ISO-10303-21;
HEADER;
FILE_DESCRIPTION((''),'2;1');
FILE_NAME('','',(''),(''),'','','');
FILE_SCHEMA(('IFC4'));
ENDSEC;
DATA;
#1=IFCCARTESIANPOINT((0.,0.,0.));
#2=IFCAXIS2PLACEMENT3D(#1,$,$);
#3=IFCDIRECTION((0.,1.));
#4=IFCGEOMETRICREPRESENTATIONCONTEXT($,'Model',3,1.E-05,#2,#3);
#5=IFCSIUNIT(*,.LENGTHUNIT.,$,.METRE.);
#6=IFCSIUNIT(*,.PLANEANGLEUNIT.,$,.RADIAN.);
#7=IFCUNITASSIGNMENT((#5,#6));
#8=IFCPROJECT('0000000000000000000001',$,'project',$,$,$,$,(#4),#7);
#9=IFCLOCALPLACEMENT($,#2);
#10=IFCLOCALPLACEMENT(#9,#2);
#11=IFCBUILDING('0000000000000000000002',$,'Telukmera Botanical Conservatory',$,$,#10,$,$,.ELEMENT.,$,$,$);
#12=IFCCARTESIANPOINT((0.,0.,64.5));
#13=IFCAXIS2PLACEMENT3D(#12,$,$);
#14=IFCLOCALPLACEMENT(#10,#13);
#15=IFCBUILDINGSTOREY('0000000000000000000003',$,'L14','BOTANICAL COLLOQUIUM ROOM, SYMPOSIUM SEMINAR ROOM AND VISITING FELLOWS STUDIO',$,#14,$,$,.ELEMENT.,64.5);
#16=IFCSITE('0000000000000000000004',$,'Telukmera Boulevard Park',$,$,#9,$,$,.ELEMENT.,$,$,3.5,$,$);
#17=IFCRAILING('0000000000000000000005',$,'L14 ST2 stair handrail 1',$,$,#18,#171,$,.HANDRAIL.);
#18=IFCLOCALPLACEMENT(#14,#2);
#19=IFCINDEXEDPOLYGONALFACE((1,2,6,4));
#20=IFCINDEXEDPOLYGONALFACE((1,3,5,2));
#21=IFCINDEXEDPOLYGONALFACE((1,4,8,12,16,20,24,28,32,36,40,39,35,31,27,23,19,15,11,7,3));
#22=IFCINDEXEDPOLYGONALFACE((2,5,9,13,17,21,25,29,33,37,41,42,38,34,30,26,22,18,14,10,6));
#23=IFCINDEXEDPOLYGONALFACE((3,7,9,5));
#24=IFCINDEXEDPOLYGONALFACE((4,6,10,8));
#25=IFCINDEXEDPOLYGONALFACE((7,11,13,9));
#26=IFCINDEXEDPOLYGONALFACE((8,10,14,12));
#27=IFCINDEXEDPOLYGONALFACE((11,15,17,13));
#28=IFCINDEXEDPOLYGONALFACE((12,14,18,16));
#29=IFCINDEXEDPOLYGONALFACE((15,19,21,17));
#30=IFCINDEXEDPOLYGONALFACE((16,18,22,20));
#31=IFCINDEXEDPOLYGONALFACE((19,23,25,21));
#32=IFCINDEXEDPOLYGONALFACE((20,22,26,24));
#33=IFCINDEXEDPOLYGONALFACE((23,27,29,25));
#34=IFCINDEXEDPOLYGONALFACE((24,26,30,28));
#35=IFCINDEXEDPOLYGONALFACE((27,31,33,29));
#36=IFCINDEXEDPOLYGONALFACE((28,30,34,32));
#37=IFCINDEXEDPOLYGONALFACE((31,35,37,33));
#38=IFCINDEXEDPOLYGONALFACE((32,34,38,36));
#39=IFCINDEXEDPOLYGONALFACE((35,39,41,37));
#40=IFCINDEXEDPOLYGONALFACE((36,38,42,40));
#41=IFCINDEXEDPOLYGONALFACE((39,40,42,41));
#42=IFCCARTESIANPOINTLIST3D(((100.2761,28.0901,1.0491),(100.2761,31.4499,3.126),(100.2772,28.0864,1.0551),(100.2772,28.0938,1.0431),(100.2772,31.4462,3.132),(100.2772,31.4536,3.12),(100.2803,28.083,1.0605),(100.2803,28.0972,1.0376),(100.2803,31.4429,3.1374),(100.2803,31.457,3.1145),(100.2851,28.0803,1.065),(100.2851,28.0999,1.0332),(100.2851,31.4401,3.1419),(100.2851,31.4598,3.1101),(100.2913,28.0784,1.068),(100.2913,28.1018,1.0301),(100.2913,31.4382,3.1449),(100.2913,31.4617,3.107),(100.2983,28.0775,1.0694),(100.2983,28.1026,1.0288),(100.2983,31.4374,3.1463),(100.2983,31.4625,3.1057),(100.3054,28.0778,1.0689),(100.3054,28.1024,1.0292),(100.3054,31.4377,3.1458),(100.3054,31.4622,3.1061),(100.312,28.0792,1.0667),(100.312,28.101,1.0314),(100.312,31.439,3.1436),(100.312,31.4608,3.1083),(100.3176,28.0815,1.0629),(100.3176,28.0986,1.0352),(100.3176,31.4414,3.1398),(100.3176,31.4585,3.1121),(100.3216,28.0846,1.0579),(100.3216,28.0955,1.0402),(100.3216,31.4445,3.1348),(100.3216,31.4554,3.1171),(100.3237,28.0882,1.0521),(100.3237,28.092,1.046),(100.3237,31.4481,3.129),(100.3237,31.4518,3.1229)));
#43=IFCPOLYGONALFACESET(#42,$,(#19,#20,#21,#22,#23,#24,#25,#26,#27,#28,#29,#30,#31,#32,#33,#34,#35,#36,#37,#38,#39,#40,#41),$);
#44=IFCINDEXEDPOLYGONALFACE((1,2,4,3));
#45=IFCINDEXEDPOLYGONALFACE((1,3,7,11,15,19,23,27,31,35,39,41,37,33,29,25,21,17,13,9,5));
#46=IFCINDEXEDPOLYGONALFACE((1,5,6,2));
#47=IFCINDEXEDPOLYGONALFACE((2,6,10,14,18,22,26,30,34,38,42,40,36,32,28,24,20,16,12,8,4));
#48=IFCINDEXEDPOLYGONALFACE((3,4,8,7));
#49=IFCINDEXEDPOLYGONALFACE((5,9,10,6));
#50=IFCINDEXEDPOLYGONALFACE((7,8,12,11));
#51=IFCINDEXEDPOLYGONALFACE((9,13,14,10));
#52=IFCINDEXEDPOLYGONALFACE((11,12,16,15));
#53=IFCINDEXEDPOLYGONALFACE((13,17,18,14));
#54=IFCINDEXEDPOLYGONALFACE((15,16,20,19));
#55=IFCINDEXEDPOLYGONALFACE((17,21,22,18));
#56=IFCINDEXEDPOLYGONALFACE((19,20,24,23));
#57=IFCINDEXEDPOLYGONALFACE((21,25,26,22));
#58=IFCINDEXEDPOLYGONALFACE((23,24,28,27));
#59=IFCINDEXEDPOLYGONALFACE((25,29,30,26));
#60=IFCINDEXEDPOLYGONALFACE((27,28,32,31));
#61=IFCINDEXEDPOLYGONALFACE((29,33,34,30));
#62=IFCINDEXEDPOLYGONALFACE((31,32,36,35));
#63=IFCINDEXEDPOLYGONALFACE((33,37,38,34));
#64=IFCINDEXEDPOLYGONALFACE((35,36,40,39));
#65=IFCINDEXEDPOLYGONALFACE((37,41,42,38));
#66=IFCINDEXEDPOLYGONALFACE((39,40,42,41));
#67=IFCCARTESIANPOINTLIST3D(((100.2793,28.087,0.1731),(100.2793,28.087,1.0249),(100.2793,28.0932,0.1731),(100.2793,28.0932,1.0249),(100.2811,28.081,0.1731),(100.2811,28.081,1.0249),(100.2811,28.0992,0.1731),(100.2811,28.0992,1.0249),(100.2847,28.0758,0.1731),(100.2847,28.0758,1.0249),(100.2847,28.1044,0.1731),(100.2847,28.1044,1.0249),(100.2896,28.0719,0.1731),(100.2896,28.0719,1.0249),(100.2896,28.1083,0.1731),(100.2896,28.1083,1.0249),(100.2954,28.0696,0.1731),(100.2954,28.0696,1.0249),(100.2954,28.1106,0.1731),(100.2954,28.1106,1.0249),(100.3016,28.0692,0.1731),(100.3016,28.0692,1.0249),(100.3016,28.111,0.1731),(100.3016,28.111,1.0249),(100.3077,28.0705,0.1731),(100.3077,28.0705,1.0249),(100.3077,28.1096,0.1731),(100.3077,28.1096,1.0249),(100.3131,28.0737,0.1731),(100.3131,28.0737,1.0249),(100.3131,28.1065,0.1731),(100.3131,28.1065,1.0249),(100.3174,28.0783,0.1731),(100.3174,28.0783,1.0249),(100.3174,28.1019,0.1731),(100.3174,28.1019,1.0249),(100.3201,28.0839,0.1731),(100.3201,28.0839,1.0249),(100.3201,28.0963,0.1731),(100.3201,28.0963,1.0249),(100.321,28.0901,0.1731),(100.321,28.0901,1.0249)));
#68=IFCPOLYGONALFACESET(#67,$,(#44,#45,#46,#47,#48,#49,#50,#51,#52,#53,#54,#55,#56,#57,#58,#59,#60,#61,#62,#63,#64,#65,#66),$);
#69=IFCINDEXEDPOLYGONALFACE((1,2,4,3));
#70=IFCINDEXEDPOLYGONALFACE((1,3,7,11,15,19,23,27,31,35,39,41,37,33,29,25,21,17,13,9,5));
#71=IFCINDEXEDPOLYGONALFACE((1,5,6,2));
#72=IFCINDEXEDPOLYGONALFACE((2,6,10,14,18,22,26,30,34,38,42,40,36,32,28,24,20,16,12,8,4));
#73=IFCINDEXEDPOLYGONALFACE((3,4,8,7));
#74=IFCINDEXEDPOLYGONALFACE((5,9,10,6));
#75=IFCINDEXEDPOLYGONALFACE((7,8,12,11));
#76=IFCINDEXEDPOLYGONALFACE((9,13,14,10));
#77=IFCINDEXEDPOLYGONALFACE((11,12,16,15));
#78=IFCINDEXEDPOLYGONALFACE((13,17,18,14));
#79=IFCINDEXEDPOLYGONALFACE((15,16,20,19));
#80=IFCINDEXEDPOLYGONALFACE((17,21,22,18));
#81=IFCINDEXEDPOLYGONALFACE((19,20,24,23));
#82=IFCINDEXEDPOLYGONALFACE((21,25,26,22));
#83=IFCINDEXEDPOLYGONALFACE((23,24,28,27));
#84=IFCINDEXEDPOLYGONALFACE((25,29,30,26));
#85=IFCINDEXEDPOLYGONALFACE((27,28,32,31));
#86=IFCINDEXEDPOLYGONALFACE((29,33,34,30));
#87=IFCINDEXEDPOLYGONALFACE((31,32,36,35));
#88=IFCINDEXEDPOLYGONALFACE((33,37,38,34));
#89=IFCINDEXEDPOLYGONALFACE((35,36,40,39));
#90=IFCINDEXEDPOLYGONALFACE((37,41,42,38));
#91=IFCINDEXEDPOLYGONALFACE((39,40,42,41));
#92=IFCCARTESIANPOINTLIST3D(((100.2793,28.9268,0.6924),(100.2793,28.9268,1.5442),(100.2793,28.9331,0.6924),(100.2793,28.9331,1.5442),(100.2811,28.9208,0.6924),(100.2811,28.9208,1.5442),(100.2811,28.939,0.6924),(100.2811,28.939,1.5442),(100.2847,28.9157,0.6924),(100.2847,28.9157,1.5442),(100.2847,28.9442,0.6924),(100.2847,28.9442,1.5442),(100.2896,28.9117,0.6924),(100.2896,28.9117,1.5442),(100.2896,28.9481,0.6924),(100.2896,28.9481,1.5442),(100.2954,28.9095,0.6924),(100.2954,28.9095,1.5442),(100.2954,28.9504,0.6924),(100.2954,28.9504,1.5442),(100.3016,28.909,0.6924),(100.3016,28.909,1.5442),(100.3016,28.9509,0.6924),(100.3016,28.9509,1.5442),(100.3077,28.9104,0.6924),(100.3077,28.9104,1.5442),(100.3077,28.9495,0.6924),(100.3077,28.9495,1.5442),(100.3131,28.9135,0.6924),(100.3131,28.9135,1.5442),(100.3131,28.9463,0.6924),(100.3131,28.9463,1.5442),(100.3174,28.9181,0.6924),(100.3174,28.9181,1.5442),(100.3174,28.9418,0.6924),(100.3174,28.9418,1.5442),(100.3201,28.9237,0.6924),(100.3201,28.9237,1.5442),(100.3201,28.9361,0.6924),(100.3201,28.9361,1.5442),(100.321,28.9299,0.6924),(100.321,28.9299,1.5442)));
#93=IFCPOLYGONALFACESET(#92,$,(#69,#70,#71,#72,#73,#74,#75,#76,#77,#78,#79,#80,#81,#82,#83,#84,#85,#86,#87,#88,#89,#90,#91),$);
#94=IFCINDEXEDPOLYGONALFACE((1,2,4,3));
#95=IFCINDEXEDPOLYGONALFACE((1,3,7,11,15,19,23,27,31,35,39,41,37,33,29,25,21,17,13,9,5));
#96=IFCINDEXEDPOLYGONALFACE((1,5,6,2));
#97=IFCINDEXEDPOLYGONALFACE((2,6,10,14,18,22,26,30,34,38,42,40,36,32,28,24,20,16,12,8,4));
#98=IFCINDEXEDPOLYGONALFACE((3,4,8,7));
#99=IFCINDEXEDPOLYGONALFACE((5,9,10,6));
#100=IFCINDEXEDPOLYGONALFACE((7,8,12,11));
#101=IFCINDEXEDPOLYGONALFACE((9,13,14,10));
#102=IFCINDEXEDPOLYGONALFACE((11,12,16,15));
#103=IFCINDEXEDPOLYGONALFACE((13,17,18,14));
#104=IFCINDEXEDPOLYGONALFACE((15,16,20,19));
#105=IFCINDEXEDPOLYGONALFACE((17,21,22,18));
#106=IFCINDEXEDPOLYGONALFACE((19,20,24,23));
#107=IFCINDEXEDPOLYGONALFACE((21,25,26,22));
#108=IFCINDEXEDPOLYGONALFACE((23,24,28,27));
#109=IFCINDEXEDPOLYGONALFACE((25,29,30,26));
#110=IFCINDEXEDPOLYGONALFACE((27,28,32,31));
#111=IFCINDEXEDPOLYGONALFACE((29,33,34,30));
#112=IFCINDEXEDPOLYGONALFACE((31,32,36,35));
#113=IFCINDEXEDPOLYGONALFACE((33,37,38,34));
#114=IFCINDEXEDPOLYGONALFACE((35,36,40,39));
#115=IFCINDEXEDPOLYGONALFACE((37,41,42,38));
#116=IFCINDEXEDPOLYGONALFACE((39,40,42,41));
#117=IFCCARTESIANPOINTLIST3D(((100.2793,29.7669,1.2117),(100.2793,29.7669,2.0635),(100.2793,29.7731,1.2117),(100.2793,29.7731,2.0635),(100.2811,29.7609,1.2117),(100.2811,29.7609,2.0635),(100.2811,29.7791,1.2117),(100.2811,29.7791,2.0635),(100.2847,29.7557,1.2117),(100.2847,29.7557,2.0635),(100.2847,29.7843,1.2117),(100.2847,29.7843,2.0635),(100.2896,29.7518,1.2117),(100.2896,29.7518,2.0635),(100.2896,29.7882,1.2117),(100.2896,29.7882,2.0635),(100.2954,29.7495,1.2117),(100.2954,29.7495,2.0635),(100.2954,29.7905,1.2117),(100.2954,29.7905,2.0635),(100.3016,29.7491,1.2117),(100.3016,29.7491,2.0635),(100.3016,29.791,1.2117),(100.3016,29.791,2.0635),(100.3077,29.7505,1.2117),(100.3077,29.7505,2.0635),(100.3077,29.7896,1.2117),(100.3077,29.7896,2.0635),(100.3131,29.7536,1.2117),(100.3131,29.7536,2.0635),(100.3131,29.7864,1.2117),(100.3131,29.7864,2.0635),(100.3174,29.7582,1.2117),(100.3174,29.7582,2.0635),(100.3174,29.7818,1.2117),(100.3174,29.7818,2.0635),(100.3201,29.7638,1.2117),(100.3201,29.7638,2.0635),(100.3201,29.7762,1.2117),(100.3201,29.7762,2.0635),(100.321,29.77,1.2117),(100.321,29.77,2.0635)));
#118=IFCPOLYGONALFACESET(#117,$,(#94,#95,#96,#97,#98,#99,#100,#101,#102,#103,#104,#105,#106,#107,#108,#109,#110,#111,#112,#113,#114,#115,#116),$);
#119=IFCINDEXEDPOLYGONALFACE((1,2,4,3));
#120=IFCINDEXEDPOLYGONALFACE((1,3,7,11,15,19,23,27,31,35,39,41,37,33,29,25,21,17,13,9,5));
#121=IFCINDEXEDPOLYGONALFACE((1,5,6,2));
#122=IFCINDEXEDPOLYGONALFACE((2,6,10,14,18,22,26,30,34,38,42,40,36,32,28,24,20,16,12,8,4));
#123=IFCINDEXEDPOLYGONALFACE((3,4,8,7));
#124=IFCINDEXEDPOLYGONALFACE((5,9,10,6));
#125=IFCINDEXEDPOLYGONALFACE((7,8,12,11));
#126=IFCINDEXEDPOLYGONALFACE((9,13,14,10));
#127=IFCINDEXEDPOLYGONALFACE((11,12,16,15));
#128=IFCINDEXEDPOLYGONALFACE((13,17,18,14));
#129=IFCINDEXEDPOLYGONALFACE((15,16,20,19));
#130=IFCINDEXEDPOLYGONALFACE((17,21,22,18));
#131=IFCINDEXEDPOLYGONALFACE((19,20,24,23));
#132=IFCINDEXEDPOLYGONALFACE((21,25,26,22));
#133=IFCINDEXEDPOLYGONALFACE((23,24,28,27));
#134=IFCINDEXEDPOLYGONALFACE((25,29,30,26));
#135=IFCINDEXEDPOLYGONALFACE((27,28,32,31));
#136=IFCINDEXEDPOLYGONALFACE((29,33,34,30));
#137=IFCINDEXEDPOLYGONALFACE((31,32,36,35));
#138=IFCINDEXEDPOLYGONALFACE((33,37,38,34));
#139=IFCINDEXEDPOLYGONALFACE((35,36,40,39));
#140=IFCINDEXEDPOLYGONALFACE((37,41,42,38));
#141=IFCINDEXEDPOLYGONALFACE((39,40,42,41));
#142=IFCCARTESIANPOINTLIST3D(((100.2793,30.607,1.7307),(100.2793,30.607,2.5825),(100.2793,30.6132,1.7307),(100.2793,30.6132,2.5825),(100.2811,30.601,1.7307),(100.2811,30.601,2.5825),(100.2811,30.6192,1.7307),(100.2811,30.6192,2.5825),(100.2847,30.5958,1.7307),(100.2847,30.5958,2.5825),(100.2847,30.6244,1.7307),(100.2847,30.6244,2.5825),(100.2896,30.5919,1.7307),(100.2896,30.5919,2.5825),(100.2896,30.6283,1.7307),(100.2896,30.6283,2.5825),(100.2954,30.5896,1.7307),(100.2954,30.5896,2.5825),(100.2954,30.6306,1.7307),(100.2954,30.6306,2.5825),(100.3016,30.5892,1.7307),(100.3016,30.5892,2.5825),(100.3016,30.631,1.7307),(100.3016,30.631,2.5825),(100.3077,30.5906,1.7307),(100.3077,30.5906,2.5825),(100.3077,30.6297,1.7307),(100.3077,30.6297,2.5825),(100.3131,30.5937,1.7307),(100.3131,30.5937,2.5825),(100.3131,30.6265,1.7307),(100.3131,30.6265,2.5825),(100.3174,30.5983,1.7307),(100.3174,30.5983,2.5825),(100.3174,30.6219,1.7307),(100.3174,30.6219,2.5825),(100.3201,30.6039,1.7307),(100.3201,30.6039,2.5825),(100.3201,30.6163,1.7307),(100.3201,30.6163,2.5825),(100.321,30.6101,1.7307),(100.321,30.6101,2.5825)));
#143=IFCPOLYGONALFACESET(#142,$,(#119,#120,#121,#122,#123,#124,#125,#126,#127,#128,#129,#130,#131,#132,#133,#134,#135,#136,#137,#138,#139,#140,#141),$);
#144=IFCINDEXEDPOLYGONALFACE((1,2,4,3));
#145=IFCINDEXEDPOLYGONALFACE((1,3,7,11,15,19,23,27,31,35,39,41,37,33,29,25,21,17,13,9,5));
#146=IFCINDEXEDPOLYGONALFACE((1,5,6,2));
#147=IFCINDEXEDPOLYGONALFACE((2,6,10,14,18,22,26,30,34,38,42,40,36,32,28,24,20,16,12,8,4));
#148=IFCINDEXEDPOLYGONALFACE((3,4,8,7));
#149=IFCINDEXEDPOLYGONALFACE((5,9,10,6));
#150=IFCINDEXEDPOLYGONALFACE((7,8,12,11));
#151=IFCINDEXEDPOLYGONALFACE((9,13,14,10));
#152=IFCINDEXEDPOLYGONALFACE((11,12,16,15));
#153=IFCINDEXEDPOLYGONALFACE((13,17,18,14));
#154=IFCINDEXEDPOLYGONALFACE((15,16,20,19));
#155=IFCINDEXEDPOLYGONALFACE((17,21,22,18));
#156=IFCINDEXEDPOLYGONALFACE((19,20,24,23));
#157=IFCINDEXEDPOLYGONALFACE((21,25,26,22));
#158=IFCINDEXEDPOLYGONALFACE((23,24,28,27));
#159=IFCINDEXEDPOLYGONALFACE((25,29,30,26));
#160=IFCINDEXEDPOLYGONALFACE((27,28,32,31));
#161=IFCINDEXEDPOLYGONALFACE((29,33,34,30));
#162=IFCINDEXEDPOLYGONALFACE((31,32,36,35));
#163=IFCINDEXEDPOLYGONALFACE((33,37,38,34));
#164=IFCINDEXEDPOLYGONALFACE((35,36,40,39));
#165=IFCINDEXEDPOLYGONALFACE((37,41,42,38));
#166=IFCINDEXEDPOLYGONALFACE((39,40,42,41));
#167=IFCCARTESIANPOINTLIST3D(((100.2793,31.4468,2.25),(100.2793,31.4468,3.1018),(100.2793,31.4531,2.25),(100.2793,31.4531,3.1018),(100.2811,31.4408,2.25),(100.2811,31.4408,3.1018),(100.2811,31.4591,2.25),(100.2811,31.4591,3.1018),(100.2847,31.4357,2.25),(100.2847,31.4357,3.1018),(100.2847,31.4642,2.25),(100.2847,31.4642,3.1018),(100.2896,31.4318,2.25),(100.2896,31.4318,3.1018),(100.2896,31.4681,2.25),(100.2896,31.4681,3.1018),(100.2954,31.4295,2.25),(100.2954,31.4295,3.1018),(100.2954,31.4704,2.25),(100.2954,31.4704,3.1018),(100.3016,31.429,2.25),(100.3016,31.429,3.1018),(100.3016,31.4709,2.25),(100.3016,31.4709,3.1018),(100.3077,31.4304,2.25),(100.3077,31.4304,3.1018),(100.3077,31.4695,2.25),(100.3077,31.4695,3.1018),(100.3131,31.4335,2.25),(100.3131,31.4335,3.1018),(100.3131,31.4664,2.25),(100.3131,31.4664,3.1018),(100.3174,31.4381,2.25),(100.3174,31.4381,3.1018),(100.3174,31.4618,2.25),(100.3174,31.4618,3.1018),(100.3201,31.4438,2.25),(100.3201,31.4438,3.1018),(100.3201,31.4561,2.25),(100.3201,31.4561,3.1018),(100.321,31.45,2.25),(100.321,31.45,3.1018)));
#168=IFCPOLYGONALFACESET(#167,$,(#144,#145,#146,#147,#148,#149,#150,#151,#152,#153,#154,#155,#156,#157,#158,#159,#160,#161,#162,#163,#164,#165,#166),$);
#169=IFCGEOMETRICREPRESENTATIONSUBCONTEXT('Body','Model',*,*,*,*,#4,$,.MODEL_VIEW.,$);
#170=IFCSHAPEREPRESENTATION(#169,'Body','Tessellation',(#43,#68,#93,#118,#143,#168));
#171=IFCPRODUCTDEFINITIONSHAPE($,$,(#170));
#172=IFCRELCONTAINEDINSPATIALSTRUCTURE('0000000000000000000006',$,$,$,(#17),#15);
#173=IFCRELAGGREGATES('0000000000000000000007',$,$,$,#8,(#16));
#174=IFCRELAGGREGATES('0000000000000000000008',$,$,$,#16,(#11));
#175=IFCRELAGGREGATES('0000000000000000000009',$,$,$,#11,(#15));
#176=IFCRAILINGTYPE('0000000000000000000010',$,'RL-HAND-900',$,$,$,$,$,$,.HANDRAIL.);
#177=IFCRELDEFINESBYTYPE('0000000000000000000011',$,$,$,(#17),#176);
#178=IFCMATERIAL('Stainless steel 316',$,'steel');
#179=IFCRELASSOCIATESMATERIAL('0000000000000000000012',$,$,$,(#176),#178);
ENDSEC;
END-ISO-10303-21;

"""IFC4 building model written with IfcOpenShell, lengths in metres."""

from ifc_helpers import new_model, si_unit, direction, frame, origin, origin_2d, place, context, subcontext, project, spatial, circle, extrude, material, type_object, element, save


model = new_model("IFC4")

# Units and contexts
model_context = context("Model", 3, precision=1e-05, world=origin(), true_north=direction((0.0, 1.0)))
body_context = subcontext(model_context, "Body", "Model", "MODEL_VIEW")
ifc_project = project(units=[si_unit("LENGTHUNIT", "METRE"), si_unit("PLANEANGLEUNIT", "RADIAN")], contexts=[model_context])

# Site, building, storey
site_placement = place(None, origin())
site = spatial("IfcSite", under=ifc_project, at=site_placement, Name="Telukmera Boulevard Park", CompositionType="ELEMENT", RefElevation=3.5)
building_placement = place(site_placement, origin())
building = spatial("IfcBuilding", under=site, at=building_placement, Name="Telukmera Botanical Conservatory", CompositionType="ELEMENT")
storey_placement = place(building_placement, frame((0.0, 0.0, 64.5)))
storey = spatial("IfcBuildingStorey", under=building, at=storey_placement, Name="L14", Description="BOTANICAL COLLOQUIUM ROOM, SYMPOSIUM SEMINAR ROOM AND VISITING FELLOWS STUDIO", CompositionType="ELEMENT", Elevation=64.5)

# Shared definitions
ifc_material_1 = material(Name="Stainless steel 316", Category="steel")

# Railing
railing_type_1 = type_object("IfcRailingType", Name="RL-HAND-900", PredefinedType="HANDRAIL", material=ifc_material_1)
railing_1_placement = place(storey_placement, frame((100.3, 28.0901, 0.1731)))
element("IfcRailing", 1, at=railing_1_placement, inside=storey, type_object=railing_type_1, Name="L14 ST2 stair handrail 1", PredefinedType="HANDRAIL", context=body_context, shape_type="SweptSolid", body=[
    extrude(circle(Radius=0.0239, at=origin_2d()), frame((0.0, 0.0, 0.876), z_axis=(0.0, 0.850606, 0.525803), x_axis=(-1.0, 0.0, 0.0)), (0.0, 0.0, 1.0), 3.95),
    extrude(circle(Radius=0.021, at=origin_2d()), origin(), (0.0, 0.0, 1.0), 0.8518),
    extrude(circle(Radius=0.021, at=origin_2d()), frame((0.0, 0.8398, 0.5193)), (0.0, 0.0, 1.0), 0.8518),
    extrude(circle(Radius=0.021, at=origin_2d()), frame((0.0, 1.6799, 1.0386)), (0.0, 0.0, 1.0), 0.8518),
    extrude(circle(Radius=0.021, at=origin_2d()), frame((0.0, 2.52, 1.5576)), (0.0, 0.0, 1.0), 0.8518),
    extrude(circle(Radius=0.021, at=origin_2d()), frame((0.0, 3.3599, 2.0769)), (0.0, 0.0, 1.0), 0.8518),
])

save(model, "model.ifc")
